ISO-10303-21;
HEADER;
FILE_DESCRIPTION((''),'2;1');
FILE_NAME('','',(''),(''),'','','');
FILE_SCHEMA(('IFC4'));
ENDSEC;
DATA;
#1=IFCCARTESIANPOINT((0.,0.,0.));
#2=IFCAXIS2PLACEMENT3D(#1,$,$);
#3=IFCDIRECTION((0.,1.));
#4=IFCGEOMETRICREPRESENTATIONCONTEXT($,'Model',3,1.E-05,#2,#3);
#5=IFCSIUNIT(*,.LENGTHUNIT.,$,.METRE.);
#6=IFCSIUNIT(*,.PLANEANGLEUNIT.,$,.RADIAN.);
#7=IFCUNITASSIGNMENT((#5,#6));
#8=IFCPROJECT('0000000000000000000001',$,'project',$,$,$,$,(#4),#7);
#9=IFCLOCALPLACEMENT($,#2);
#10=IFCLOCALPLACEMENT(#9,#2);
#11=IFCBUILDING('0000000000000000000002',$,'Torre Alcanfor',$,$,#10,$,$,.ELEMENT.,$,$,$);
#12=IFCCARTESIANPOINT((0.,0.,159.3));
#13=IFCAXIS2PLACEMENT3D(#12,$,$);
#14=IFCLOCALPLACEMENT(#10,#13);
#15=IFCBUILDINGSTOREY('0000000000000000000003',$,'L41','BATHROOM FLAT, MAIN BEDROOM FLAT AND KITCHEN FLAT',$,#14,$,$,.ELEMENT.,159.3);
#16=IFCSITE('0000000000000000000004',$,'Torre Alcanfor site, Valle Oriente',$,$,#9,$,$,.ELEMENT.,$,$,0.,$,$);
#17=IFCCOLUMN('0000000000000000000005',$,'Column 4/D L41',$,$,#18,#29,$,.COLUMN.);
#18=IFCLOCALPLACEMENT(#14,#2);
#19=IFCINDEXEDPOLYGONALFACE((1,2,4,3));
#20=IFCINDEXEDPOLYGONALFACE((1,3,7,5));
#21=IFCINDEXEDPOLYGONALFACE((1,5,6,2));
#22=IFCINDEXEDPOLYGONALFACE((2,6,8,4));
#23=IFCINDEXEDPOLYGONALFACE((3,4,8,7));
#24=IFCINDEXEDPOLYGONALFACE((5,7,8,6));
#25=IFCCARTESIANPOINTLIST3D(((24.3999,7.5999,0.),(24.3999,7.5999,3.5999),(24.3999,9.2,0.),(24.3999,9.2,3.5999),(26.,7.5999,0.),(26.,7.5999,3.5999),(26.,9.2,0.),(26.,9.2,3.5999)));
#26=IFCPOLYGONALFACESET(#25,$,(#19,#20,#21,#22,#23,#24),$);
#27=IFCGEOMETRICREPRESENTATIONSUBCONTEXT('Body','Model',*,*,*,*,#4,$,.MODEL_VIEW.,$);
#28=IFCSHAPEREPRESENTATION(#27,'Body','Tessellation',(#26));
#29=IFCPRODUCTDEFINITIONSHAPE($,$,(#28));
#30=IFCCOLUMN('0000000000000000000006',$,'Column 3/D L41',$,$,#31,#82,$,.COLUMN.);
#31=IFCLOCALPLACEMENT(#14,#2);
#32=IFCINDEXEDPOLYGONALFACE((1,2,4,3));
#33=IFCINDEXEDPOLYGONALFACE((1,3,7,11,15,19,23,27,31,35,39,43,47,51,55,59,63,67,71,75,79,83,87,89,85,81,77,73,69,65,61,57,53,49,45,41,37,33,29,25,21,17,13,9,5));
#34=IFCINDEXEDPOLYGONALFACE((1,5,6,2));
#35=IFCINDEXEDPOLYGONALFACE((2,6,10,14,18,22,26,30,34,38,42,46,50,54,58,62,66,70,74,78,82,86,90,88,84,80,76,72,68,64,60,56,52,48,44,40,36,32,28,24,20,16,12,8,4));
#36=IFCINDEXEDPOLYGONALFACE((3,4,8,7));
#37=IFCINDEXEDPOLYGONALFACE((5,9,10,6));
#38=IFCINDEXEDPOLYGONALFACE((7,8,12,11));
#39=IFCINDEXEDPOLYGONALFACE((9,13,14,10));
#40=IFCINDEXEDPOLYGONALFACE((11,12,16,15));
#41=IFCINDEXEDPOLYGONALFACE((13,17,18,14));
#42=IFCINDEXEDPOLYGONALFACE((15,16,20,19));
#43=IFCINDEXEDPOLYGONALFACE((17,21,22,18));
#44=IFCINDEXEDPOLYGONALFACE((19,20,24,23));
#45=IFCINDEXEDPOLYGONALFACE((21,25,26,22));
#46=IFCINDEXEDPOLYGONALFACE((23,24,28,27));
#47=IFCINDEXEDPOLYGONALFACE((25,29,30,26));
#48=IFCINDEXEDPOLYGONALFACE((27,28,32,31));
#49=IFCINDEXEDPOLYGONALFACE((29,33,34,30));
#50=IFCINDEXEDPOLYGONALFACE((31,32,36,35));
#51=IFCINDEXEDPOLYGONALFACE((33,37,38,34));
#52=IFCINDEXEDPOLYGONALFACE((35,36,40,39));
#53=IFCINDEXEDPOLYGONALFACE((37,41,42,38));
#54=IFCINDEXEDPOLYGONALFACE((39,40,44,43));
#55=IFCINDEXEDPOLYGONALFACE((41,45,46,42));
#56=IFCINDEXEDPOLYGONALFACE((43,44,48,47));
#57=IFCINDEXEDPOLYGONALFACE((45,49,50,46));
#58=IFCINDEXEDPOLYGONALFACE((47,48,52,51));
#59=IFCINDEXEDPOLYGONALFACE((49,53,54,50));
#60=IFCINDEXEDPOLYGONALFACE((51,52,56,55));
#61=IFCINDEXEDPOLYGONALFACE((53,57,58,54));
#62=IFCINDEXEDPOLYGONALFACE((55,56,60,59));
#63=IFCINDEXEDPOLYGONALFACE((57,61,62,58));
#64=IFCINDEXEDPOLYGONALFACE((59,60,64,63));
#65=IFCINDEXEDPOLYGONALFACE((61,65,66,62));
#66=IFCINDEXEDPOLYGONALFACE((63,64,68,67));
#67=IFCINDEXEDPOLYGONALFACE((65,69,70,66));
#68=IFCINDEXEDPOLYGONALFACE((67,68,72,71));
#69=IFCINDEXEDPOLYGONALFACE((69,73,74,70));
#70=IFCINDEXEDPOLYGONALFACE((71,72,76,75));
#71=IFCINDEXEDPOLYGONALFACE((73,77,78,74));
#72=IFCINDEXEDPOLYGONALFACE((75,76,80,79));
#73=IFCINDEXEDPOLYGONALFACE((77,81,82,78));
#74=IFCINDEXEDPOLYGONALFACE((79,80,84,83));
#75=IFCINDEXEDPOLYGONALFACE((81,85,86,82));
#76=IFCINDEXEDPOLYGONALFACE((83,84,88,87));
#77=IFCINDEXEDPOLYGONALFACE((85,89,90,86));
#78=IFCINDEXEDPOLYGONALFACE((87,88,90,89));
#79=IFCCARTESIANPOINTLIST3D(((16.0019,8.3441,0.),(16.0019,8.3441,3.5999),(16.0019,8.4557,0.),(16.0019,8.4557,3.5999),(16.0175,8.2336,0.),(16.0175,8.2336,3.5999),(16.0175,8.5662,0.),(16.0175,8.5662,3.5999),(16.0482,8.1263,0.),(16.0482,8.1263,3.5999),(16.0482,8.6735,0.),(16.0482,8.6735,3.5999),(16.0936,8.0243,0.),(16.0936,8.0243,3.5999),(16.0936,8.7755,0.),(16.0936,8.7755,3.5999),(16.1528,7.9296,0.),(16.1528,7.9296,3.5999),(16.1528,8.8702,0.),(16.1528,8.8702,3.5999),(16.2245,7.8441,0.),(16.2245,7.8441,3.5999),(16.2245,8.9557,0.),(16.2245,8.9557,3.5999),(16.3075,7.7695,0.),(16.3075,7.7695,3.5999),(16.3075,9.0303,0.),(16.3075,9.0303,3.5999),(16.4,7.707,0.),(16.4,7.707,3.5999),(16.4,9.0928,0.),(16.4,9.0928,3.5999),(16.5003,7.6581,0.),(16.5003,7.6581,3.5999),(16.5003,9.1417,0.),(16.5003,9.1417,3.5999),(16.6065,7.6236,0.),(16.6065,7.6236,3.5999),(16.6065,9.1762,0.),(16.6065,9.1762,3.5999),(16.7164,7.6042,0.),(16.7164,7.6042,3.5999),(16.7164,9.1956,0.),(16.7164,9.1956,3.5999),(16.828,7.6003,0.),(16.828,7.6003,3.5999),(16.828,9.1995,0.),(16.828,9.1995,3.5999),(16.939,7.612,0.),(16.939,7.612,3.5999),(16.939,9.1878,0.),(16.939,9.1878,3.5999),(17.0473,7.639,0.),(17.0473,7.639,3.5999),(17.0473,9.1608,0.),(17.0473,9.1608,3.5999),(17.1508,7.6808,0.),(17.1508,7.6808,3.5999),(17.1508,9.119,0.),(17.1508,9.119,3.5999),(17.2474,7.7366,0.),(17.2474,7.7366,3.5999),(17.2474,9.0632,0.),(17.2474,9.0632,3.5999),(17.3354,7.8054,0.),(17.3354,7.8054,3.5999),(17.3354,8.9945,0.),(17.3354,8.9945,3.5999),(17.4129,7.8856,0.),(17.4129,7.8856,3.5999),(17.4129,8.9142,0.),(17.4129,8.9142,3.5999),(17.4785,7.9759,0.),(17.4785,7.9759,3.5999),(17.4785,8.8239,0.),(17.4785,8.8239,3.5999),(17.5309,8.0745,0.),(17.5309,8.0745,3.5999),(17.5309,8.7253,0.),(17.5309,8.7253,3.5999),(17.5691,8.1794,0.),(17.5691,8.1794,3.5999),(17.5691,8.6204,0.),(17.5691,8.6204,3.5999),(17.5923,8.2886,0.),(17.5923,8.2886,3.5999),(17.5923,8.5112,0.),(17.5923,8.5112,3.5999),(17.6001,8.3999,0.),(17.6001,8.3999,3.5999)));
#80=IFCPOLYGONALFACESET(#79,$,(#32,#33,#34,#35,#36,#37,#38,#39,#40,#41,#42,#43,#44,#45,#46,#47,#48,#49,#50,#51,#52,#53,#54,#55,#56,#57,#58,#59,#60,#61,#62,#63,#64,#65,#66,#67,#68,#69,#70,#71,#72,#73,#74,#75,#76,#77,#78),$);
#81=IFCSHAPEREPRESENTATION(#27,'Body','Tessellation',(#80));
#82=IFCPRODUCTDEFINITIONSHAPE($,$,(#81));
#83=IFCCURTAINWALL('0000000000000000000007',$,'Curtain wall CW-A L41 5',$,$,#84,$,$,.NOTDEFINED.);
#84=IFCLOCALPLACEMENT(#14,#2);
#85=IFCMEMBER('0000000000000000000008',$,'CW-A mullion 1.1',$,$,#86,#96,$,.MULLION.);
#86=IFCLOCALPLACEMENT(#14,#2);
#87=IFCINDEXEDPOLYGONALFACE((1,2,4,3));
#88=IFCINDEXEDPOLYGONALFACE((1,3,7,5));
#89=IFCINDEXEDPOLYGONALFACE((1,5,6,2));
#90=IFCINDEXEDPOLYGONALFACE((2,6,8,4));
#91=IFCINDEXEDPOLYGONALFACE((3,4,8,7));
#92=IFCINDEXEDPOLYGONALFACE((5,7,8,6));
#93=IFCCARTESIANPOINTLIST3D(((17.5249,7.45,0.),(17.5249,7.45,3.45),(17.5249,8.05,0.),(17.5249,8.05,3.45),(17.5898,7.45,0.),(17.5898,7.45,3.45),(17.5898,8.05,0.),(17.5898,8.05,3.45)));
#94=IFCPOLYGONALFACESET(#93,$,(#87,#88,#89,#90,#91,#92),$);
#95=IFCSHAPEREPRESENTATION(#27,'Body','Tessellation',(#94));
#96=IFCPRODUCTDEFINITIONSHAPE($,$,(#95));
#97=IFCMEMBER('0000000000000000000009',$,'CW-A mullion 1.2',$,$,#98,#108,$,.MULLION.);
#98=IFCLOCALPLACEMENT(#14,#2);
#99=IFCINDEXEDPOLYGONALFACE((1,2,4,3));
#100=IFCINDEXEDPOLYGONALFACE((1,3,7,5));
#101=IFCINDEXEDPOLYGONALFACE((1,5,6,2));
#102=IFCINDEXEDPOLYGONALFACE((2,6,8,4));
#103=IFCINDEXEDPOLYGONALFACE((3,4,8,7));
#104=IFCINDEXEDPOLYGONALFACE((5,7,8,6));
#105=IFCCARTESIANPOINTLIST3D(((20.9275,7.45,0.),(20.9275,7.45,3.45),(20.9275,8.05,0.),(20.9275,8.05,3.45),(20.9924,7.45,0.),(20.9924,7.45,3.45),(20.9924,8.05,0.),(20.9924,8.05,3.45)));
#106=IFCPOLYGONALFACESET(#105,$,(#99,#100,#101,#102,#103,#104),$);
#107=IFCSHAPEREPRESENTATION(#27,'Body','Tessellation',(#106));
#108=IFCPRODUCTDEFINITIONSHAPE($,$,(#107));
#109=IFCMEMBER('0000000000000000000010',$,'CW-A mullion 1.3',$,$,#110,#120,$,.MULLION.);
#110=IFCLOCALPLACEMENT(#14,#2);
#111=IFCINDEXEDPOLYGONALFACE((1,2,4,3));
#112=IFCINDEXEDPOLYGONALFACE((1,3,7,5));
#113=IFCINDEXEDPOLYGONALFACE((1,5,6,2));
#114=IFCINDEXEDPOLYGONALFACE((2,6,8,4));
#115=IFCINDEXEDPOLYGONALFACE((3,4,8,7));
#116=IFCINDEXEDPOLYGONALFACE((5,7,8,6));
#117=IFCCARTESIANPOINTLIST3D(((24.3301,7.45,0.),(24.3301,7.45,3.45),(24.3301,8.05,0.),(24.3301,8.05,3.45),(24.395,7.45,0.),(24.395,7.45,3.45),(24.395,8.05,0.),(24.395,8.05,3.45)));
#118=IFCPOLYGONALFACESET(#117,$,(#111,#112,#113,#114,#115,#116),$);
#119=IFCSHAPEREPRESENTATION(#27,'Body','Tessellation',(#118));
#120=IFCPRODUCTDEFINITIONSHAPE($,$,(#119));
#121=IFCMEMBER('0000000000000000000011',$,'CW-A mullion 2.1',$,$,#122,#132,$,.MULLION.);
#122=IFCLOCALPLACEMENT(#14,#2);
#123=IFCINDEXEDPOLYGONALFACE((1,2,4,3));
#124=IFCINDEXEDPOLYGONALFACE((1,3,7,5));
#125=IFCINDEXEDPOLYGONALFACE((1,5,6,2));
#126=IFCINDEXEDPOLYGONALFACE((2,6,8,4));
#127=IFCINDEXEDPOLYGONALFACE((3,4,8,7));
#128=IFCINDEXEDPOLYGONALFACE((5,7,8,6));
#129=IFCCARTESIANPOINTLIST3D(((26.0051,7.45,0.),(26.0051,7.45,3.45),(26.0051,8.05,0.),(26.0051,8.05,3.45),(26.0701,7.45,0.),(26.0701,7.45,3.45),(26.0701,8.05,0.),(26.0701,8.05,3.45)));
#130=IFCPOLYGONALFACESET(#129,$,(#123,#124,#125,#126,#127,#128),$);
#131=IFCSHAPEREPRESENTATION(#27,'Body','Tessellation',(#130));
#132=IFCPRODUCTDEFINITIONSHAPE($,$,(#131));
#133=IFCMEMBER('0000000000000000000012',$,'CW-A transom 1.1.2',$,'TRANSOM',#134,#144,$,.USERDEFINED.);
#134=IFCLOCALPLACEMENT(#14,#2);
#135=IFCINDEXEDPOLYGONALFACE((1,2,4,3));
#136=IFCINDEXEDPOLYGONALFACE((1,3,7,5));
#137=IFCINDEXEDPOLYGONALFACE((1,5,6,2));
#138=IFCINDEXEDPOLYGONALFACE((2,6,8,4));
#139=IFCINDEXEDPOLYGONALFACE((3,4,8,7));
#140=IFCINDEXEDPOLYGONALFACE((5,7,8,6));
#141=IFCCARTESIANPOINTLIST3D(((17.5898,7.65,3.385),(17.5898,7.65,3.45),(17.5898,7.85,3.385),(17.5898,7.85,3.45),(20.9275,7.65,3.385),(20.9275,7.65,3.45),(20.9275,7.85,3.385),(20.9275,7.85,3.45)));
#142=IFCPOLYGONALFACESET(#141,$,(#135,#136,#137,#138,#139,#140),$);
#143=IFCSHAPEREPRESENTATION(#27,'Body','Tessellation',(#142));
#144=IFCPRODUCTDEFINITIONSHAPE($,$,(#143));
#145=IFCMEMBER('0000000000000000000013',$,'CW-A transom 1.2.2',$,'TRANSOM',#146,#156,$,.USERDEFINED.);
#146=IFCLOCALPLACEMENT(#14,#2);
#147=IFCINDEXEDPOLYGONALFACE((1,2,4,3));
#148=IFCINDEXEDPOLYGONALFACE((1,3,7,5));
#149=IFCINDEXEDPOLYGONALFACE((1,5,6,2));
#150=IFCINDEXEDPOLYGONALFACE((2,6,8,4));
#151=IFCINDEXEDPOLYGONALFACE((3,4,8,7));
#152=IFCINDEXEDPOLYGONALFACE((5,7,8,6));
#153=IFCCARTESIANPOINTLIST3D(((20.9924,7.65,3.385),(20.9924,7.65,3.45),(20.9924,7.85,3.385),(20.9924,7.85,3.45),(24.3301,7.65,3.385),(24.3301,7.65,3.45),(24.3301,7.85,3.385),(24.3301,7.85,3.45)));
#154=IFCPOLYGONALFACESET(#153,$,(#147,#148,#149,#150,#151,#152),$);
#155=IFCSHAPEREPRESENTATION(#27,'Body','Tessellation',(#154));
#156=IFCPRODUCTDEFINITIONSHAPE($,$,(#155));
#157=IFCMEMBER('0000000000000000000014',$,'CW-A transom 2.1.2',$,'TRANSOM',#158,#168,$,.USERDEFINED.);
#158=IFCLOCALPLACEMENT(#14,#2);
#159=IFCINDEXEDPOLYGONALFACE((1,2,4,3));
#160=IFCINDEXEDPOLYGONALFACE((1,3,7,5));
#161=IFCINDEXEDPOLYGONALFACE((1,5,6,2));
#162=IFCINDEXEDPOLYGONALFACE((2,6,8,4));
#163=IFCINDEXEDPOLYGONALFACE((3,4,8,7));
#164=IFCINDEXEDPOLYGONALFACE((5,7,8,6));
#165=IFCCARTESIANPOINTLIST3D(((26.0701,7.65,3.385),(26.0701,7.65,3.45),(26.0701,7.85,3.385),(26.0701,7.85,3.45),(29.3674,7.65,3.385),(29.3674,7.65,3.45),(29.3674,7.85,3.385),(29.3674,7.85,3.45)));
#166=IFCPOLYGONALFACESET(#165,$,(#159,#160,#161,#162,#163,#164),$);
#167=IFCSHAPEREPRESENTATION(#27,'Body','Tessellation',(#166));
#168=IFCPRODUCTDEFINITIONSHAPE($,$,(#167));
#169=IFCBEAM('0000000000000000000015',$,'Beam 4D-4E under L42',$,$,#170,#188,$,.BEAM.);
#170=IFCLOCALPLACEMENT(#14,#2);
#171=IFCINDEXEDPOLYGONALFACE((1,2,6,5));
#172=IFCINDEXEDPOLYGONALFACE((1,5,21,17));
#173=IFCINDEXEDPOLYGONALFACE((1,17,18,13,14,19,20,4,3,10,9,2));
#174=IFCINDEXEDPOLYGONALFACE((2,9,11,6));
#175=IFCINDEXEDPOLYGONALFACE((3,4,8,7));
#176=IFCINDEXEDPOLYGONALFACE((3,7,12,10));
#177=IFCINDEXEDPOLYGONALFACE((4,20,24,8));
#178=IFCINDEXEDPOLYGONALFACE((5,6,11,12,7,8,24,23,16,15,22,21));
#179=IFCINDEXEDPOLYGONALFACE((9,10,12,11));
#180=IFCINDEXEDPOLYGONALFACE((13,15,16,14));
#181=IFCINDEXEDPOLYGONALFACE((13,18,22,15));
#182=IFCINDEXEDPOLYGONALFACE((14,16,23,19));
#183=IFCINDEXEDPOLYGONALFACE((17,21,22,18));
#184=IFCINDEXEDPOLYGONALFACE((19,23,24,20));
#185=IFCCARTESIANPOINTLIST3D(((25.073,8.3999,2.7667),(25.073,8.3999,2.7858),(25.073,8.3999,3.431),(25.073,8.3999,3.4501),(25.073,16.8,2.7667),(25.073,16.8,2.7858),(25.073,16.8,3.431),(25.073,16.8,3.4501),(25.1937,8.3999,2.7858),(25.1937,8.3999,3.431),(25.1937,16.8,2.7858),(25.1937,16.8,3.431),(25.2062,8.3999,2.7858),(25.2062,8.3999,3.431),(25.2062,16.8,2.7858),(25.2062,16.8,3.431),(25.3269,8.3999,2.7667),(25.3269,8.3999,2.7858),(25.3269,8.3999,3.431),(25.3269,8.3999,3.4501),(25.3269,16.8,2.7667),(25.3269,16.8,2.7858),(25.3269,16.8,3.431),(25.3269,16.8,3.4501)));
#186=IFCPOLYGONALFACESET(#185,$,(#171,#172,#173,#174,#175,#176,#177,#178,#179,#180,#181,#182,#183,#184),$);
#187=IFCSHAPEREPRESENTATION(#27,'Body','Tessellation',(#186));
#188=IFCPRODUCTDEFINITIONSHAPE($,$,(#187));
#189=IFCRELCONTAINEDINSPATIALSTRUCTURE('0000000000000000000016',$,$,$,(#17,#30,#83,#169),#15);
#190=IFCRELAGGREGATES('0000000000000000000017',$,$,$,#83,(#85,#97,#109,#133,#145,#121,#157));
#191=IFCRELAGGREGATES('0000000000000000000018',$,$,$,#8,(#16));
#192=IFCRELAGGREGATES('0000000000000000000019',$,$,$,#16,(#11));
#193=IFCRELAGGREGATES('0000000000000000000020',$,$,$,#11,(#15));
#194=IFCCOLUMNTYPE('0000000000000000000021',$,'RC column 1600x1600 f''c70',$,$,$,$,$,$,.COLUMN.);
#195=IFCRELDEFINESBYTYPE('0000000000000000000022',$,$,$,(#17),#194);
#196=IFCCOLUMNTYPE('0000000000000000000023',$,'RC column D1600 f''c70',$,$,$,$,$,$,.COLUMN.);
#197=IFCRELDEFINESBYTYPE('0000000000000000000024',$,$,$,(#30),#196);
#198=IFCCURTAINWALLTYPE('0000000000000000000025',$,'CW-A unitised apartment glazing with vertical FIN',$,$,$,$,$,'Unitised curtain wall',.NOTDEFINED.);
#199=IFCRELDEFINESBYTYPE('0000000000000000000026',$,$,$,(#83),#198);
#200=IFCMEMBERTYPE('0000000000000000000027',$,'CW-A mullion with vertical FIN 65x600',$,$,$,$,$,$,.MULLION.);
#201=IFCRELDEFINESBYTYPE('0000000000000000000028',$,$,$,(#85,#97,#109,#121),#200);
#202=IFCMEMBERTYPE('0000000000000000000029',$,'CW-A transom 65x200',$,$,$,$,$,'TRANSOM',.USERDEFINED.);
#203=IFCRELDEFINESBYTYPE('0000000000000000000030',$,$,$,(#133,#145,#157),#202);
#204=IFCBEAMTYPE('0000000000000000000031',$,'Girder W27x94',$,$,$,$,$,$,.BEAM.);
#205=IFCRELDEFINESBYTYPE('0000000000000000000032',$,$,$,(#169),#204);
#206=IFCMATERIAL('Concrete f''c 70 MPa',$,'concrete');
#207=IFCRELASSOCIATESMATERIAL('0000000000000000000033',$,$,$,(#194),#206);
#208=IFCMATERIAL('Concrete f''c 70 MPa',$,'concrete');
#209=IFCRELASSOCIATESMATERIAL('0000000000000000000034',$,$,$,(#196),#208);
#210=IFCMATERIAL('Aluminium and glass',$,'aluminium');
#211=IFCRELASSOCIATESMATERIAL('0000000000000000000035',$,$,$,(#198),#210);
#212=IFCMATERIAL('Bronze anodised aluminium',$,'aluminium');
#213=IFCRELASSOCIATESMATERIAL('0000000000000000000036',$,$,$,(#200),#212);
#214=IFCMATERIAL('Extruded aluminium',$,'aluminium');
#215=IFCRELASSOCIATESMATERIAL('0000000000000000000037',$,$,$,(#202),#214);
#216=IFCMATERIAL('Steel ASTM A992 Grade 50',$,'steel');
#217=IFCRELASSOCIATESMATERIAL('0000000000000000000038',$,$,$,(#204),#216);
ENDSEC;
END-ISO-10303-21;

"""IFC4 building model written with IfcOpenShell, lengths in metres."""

from ifc_helpers import new_model, si_unit, direction, frame, origin, origin_2d, place, context, subcontext, project, spatial, rectangle, circle, i_section, extrude, material, material_profile, profile_set, type_object, element, aggregate, save


model = new_model("IFC4")

# Units and contexts
model_context = context("Model", 3, precision=1e-05, world=origin(), true_north=direction((0.0, 1.0)))
body_context = subcontext(model_context, "Body", "Model", "MODEL_VIEW")
ifc_project = project(units=[si_unit("LENGTHUNIT", "METRE"), si_unit("PLANEANGLEUNIT", "RADIAN")], contexts=[model_context])

# Site, building, storey
site_placement = place(None, origin())
site = spatial("IfcSite", under=ifc_project, at=site_placement, Name="Torre Alcanfor site, Valle Oriente", CompositionType="ELEMENT", RefElevation=0.0)
building_placement = place(site_placement, origin())
building = spatial("IfcBuilding", under=site, at=building_placement, Name="Torre Alcanfor", CompositionType="ELEMENT")
storey_placement = place(building_placement, frame((0.0, 0.0, 159.3)))
storey = spatial("IfcBuildingStorey", under=building, at=storey_placement, Name="L41", Description="BATHROOM FLAT, MAIN BEDROOM FLAT AND KITCHEN FLAT", CompositionType="ELEMENT", Elevation=159.3)

# Columns
ifc_material_1 = material(Name="Concrete f'c 70 MPa", Category="concrete")
ifc_material_profile_1 = material_profile(ifc_material_1, rectangle(XDim=1.6001, YDim=1.6001, at=origin_2d()), Name="1600x1600")
ifc_profile_set_1 = profile_set([ifc_material_profile_1], Name="Concrete f'c 70 MPa")
column_type_1 = type_object("IfcColumnType", Name="RC column 1600x1600 f'c70", PredefinedType="COLUMN", material=ifc_profile_set_1)
column_1_placement = place(storey_placement, frame((25.2, 8.3999, 0.0), z_axis=(0.0, 0.0, 1.0), x_axis=(1.0, 0.0, 0.0)))
element("IfcColumn", 1, at=column_1_placement, inside=storey, type_object=column_type_1, Name="Column 4/D L41", PredefinedType="COLUMN", context=body_context, shape_type="SweptSolid", body=[
    extrude(rectangle(XDim=1.6001, YDim=1.6001, at=origin_2d()), origin(), (0.0, 0.0, 1.0), 3.5999),
])
ifc_material_2 = material(Name="Concrete f'c 70 MPa", Category="concrete")
ifc_material_profile_2 = material_profile(ifc_material_2, circle(Radius=0.8, at=origin_2d()), Name="D1600")
ifc_profile_set_2 = profile_set([ifc_material_profile_2], Name="Concrete f'c 70 MPa")
column_type_2 = type_object("IfcColumnType", Name="RC column D1600 f'c70", PredefinedType="COLUMN", material=ifc_profile_set_2)
column_2_placement = place(storey_placement, frame((16.8, 8.3999, 0.0), z_axis=(0.0, 0.0, 1.0), x_axis=(1.0, 0.0, 0.0)))
element("IfcColumn", 2, at=column_2_placement, inside=storey, type_object=column_type_2, Name="Column 3/D L41", PredefinedType="COLUMN", context=body_context, shape_type="SweptSolid", body=[
    extrude(circle(Radius=0.8, at=origin_2d()), origin(), (0.0, 0.0, 1.0), 3.5999),
])

# Curtain wall, members
ifc_material_3 = material(Name="Aluminium and glass", Category="aluminium")
curtain_wall_type = type_object("IfcCurtainWallType", Name="CW-A unitised apartment glazing with vertical FIN", ElementType="Unitised curtain wall", PredefinedType="NOTDEFINED", material=ifc_material_3)
curtain_wall_placement = place(storey_placement, origin())
curtain_wall = element("IfcCurtainWall", 3, at=curtain_wall_placement, inside=storey, type_object=curtain_wall_type, Name="Curtain wall CW-A L41 5", PredefinedType="NOTDEFINED")
ifc_material_4 = material(Name="Bronze anodised aluminium", Category="aluminium")
ifc_material_profile_3 = material_profile(ifc_material_4, rectangle(XDim=0.6001, YDim=0.0649, at=origin_2d()), Name="CW-A mullion 65x600")
ifc_profile_set_3 = profile_set([ifc_material_profile_3], Name="Bronze anodised aluminium")
member_type_1 = type_object("IfcMemberType", Name="CW-A mullion with vertical FIN 65x600", PredefinedType="MULLION", material=ifc_profile_set_3)
member_1_placement = place(storey_placement, frame((17.5574, 7.75, 0.0), z_axis=(0.0, 0.0, 1.0), x_axis=(0.0, 1.0, 0.0)))
member_1 = element("IfcMember", 4, at=member_1_placement, type_object=member_type_1, Name="CW-A mullion 1.1", PredefinedType="MULLION", context=body_context, shape_type="SweptSolid", body=[
    extrude(rectangle(XDim=0.6001, YDim=0.0649, at=origin_2d()), origin(), (0.0, 0.0, 1.0), 3.45),
])
member_2_placement = place(storey_placement, frame((20.96, 7.75, 0.0), z_axis=(0.0, 0.0, 1.0), x_axis=(0.0, 1.0, 0.0)))
member_2 = element("IfcMember", 5, at=member_2_placement, type_object=member_type_1, Name="CW-A mullion 1.2", PredefinedType="MULLION", context=body_context, shape_type="SweptSolid", body=[
    extrude(rectangle(XDim=0.6001, YDim=0.0649, at=origin_2d()), origin(), (0.0, 0.0, 1.0), 3.45),
])
member_3_placement = place(storey_placement, frame((24.3625, 7.75, 0.0), z_axis=(0.0, 0.0, 1.0), x_axis=(0.0, 1.0, 0.0)))
member_3 = element("IfcMember", 6, at=member_3_placement, type_object=member_type_1, Name="CW-A mullion 1.3", PredefinedType="MULLION", context=body_context, shape_type="SweptSolid", body=[
    extrude(rectangle(XDim=0.6001, YDim=0.0649, at=origin_2d()), origin(), (0.0, 0.0, 1.0), 3.45),
])
member_4_placement = place(storey_placement, frame((26.0376, 7.75, 0.0), z_axis=(0.0, 0.0, 1.0), x_axis=(0.0, 1.0, 0.0)))
member_4 = element("IfcMember", 7, at=member_4_placement, type_object=member_type_1, Name="CW-A mullion 2.1", PredefinedType="MULLION", context=body_context, shape_type="SweptSolid", body=[
    extrude(rectangle(XDim=0.6001, YDim=0.0649, at=origin_2d()), origin(), (0.0, 0.0, 1.0), 3.45),
])
ifc_material_5 = material(Name="Extruded aluminium", Category="aluminium")
ifc_material_profile_4 = material_profile(ifc_material_5, rectangle(XDim=0.2, YDim=0.0649, at=origin_2d()), Name="CW-A transom 200x65")
ifc_profile_set_4 = profile_set([ifc_material_profile_4], Name="Extruded aluminium")
member_type_2 = type_object("IfcMemberType", Name="CW-A transom 65x200", ElementType="TRANSOM", PredefinedType="USERDEFINED", material=ifc_profile_set_4)
member_5_placement = place(storey_placement, frame((17.5898, 7.75, 3.4175), z_axis=(1.0, 0.0, 0.0), x_axis=(0.0, 1.0, 0.0)))
member_5 = element("IfcMember", 8, at=member_5_placement, type_object=member_type_2, Name="CW-A transom 1.1.2", ObjectType="TRANSOM", PredefinedType="USERDEFINED", context=body_context, shape_type="SweptSolid", body=[
    extrude(rectangle(XDim=0.2, YDim=0.0649, at=origin_2d()), origin(), (0.0, 0.0, 1.0), 3.3376),
])
member_6_placement = place(storey_placement, frame((20.9924, 7.75, 3.4175), z_axis=(1.0, 0.0, 0.0), x_axis=(0.0, 1.0, 0.0)))
member_6 = element("IfcMember", 9, at=member_6_placement, type_object=member_type_2, Name="CW-A transom 1.2.2", ObjectType="TRANSOM", PredefinedType="USERDEFINED", context=body_context, shape_type="SweptSolid", body=[
    extrude(rectangle(XDim=0.2, YDim=0.0649, at=origin_2d()), origin(), (0.0, 0.0, 1.0), 3.3376),
])
member_7_placement = place(storey_placement, frame((26.0701, 7.75, 3.4175), z_axis=(1.0, 0.0, 0.0), x_axis=(0.0, 1.0, 0.0)))
member_7 = element("IfcMember", 10, at=member_7_placement, type_object=member_type_2, Name="CW-A transom 2.1.2", ObjectType="TRANSOM", PredefinedType="USERDEFINED", context=body_context, shape_type="SweptSolid", body=[
    extrude(rectangle(XDim=0.2, YDim=0.0649, at=origin_2d()), origin(), (0.0, 0.0, 1.0), 3.2974),
])

# Beam
ifc_material_6 = material(Name="Steel ASTM A992 Grade 50", Category="steel")
ifc_material_profile_5 = material_profile(ifc_material_6, i_section(OverallWidth=0.2539, OverallDepth=0.6833, WebThickness=0.0125, FlangeThickness=0.019, at=origin_2d()), Name="W27x94")
ifc_profile_set_5 = profile_set([ifc_material_profile_5], Name="Steel ASTM A992 Grade 50")
beam_type_1 = type_object("IfcBeamType", Name="Girder W27x94", PredefinedType="BEAM", material=ifc_profile_set_5)
beam_1_placement = place(storey_placement, frame((25.2, 8.3999, 3.1084), z_axis=(0.0, 1.0, 0.0), x_axis=(-1.0, 0.0, 0.0)))
element("IfcBeam", 11, at=beam_1_placement, inside=storey, type_object=beam_type_1, Name="Beam 4D-4E under L42", PredefinedType="BEAM", context=body_context, shape_type="SweptSolid", body=[
    extrude(i_section(OverallWidth=0.2539, OverallDepth=0.6833, WebThickness=0.0125, FlangeThickness=0.019, at=origin_2d()), origin(), (0.0, 0.0, 1.0), 8.4001),
])

aggregate(curtain_wall, [member_1, member_2, member_3, member_5, member_6, member_4, member_7])

save(model, "model.ifc")
